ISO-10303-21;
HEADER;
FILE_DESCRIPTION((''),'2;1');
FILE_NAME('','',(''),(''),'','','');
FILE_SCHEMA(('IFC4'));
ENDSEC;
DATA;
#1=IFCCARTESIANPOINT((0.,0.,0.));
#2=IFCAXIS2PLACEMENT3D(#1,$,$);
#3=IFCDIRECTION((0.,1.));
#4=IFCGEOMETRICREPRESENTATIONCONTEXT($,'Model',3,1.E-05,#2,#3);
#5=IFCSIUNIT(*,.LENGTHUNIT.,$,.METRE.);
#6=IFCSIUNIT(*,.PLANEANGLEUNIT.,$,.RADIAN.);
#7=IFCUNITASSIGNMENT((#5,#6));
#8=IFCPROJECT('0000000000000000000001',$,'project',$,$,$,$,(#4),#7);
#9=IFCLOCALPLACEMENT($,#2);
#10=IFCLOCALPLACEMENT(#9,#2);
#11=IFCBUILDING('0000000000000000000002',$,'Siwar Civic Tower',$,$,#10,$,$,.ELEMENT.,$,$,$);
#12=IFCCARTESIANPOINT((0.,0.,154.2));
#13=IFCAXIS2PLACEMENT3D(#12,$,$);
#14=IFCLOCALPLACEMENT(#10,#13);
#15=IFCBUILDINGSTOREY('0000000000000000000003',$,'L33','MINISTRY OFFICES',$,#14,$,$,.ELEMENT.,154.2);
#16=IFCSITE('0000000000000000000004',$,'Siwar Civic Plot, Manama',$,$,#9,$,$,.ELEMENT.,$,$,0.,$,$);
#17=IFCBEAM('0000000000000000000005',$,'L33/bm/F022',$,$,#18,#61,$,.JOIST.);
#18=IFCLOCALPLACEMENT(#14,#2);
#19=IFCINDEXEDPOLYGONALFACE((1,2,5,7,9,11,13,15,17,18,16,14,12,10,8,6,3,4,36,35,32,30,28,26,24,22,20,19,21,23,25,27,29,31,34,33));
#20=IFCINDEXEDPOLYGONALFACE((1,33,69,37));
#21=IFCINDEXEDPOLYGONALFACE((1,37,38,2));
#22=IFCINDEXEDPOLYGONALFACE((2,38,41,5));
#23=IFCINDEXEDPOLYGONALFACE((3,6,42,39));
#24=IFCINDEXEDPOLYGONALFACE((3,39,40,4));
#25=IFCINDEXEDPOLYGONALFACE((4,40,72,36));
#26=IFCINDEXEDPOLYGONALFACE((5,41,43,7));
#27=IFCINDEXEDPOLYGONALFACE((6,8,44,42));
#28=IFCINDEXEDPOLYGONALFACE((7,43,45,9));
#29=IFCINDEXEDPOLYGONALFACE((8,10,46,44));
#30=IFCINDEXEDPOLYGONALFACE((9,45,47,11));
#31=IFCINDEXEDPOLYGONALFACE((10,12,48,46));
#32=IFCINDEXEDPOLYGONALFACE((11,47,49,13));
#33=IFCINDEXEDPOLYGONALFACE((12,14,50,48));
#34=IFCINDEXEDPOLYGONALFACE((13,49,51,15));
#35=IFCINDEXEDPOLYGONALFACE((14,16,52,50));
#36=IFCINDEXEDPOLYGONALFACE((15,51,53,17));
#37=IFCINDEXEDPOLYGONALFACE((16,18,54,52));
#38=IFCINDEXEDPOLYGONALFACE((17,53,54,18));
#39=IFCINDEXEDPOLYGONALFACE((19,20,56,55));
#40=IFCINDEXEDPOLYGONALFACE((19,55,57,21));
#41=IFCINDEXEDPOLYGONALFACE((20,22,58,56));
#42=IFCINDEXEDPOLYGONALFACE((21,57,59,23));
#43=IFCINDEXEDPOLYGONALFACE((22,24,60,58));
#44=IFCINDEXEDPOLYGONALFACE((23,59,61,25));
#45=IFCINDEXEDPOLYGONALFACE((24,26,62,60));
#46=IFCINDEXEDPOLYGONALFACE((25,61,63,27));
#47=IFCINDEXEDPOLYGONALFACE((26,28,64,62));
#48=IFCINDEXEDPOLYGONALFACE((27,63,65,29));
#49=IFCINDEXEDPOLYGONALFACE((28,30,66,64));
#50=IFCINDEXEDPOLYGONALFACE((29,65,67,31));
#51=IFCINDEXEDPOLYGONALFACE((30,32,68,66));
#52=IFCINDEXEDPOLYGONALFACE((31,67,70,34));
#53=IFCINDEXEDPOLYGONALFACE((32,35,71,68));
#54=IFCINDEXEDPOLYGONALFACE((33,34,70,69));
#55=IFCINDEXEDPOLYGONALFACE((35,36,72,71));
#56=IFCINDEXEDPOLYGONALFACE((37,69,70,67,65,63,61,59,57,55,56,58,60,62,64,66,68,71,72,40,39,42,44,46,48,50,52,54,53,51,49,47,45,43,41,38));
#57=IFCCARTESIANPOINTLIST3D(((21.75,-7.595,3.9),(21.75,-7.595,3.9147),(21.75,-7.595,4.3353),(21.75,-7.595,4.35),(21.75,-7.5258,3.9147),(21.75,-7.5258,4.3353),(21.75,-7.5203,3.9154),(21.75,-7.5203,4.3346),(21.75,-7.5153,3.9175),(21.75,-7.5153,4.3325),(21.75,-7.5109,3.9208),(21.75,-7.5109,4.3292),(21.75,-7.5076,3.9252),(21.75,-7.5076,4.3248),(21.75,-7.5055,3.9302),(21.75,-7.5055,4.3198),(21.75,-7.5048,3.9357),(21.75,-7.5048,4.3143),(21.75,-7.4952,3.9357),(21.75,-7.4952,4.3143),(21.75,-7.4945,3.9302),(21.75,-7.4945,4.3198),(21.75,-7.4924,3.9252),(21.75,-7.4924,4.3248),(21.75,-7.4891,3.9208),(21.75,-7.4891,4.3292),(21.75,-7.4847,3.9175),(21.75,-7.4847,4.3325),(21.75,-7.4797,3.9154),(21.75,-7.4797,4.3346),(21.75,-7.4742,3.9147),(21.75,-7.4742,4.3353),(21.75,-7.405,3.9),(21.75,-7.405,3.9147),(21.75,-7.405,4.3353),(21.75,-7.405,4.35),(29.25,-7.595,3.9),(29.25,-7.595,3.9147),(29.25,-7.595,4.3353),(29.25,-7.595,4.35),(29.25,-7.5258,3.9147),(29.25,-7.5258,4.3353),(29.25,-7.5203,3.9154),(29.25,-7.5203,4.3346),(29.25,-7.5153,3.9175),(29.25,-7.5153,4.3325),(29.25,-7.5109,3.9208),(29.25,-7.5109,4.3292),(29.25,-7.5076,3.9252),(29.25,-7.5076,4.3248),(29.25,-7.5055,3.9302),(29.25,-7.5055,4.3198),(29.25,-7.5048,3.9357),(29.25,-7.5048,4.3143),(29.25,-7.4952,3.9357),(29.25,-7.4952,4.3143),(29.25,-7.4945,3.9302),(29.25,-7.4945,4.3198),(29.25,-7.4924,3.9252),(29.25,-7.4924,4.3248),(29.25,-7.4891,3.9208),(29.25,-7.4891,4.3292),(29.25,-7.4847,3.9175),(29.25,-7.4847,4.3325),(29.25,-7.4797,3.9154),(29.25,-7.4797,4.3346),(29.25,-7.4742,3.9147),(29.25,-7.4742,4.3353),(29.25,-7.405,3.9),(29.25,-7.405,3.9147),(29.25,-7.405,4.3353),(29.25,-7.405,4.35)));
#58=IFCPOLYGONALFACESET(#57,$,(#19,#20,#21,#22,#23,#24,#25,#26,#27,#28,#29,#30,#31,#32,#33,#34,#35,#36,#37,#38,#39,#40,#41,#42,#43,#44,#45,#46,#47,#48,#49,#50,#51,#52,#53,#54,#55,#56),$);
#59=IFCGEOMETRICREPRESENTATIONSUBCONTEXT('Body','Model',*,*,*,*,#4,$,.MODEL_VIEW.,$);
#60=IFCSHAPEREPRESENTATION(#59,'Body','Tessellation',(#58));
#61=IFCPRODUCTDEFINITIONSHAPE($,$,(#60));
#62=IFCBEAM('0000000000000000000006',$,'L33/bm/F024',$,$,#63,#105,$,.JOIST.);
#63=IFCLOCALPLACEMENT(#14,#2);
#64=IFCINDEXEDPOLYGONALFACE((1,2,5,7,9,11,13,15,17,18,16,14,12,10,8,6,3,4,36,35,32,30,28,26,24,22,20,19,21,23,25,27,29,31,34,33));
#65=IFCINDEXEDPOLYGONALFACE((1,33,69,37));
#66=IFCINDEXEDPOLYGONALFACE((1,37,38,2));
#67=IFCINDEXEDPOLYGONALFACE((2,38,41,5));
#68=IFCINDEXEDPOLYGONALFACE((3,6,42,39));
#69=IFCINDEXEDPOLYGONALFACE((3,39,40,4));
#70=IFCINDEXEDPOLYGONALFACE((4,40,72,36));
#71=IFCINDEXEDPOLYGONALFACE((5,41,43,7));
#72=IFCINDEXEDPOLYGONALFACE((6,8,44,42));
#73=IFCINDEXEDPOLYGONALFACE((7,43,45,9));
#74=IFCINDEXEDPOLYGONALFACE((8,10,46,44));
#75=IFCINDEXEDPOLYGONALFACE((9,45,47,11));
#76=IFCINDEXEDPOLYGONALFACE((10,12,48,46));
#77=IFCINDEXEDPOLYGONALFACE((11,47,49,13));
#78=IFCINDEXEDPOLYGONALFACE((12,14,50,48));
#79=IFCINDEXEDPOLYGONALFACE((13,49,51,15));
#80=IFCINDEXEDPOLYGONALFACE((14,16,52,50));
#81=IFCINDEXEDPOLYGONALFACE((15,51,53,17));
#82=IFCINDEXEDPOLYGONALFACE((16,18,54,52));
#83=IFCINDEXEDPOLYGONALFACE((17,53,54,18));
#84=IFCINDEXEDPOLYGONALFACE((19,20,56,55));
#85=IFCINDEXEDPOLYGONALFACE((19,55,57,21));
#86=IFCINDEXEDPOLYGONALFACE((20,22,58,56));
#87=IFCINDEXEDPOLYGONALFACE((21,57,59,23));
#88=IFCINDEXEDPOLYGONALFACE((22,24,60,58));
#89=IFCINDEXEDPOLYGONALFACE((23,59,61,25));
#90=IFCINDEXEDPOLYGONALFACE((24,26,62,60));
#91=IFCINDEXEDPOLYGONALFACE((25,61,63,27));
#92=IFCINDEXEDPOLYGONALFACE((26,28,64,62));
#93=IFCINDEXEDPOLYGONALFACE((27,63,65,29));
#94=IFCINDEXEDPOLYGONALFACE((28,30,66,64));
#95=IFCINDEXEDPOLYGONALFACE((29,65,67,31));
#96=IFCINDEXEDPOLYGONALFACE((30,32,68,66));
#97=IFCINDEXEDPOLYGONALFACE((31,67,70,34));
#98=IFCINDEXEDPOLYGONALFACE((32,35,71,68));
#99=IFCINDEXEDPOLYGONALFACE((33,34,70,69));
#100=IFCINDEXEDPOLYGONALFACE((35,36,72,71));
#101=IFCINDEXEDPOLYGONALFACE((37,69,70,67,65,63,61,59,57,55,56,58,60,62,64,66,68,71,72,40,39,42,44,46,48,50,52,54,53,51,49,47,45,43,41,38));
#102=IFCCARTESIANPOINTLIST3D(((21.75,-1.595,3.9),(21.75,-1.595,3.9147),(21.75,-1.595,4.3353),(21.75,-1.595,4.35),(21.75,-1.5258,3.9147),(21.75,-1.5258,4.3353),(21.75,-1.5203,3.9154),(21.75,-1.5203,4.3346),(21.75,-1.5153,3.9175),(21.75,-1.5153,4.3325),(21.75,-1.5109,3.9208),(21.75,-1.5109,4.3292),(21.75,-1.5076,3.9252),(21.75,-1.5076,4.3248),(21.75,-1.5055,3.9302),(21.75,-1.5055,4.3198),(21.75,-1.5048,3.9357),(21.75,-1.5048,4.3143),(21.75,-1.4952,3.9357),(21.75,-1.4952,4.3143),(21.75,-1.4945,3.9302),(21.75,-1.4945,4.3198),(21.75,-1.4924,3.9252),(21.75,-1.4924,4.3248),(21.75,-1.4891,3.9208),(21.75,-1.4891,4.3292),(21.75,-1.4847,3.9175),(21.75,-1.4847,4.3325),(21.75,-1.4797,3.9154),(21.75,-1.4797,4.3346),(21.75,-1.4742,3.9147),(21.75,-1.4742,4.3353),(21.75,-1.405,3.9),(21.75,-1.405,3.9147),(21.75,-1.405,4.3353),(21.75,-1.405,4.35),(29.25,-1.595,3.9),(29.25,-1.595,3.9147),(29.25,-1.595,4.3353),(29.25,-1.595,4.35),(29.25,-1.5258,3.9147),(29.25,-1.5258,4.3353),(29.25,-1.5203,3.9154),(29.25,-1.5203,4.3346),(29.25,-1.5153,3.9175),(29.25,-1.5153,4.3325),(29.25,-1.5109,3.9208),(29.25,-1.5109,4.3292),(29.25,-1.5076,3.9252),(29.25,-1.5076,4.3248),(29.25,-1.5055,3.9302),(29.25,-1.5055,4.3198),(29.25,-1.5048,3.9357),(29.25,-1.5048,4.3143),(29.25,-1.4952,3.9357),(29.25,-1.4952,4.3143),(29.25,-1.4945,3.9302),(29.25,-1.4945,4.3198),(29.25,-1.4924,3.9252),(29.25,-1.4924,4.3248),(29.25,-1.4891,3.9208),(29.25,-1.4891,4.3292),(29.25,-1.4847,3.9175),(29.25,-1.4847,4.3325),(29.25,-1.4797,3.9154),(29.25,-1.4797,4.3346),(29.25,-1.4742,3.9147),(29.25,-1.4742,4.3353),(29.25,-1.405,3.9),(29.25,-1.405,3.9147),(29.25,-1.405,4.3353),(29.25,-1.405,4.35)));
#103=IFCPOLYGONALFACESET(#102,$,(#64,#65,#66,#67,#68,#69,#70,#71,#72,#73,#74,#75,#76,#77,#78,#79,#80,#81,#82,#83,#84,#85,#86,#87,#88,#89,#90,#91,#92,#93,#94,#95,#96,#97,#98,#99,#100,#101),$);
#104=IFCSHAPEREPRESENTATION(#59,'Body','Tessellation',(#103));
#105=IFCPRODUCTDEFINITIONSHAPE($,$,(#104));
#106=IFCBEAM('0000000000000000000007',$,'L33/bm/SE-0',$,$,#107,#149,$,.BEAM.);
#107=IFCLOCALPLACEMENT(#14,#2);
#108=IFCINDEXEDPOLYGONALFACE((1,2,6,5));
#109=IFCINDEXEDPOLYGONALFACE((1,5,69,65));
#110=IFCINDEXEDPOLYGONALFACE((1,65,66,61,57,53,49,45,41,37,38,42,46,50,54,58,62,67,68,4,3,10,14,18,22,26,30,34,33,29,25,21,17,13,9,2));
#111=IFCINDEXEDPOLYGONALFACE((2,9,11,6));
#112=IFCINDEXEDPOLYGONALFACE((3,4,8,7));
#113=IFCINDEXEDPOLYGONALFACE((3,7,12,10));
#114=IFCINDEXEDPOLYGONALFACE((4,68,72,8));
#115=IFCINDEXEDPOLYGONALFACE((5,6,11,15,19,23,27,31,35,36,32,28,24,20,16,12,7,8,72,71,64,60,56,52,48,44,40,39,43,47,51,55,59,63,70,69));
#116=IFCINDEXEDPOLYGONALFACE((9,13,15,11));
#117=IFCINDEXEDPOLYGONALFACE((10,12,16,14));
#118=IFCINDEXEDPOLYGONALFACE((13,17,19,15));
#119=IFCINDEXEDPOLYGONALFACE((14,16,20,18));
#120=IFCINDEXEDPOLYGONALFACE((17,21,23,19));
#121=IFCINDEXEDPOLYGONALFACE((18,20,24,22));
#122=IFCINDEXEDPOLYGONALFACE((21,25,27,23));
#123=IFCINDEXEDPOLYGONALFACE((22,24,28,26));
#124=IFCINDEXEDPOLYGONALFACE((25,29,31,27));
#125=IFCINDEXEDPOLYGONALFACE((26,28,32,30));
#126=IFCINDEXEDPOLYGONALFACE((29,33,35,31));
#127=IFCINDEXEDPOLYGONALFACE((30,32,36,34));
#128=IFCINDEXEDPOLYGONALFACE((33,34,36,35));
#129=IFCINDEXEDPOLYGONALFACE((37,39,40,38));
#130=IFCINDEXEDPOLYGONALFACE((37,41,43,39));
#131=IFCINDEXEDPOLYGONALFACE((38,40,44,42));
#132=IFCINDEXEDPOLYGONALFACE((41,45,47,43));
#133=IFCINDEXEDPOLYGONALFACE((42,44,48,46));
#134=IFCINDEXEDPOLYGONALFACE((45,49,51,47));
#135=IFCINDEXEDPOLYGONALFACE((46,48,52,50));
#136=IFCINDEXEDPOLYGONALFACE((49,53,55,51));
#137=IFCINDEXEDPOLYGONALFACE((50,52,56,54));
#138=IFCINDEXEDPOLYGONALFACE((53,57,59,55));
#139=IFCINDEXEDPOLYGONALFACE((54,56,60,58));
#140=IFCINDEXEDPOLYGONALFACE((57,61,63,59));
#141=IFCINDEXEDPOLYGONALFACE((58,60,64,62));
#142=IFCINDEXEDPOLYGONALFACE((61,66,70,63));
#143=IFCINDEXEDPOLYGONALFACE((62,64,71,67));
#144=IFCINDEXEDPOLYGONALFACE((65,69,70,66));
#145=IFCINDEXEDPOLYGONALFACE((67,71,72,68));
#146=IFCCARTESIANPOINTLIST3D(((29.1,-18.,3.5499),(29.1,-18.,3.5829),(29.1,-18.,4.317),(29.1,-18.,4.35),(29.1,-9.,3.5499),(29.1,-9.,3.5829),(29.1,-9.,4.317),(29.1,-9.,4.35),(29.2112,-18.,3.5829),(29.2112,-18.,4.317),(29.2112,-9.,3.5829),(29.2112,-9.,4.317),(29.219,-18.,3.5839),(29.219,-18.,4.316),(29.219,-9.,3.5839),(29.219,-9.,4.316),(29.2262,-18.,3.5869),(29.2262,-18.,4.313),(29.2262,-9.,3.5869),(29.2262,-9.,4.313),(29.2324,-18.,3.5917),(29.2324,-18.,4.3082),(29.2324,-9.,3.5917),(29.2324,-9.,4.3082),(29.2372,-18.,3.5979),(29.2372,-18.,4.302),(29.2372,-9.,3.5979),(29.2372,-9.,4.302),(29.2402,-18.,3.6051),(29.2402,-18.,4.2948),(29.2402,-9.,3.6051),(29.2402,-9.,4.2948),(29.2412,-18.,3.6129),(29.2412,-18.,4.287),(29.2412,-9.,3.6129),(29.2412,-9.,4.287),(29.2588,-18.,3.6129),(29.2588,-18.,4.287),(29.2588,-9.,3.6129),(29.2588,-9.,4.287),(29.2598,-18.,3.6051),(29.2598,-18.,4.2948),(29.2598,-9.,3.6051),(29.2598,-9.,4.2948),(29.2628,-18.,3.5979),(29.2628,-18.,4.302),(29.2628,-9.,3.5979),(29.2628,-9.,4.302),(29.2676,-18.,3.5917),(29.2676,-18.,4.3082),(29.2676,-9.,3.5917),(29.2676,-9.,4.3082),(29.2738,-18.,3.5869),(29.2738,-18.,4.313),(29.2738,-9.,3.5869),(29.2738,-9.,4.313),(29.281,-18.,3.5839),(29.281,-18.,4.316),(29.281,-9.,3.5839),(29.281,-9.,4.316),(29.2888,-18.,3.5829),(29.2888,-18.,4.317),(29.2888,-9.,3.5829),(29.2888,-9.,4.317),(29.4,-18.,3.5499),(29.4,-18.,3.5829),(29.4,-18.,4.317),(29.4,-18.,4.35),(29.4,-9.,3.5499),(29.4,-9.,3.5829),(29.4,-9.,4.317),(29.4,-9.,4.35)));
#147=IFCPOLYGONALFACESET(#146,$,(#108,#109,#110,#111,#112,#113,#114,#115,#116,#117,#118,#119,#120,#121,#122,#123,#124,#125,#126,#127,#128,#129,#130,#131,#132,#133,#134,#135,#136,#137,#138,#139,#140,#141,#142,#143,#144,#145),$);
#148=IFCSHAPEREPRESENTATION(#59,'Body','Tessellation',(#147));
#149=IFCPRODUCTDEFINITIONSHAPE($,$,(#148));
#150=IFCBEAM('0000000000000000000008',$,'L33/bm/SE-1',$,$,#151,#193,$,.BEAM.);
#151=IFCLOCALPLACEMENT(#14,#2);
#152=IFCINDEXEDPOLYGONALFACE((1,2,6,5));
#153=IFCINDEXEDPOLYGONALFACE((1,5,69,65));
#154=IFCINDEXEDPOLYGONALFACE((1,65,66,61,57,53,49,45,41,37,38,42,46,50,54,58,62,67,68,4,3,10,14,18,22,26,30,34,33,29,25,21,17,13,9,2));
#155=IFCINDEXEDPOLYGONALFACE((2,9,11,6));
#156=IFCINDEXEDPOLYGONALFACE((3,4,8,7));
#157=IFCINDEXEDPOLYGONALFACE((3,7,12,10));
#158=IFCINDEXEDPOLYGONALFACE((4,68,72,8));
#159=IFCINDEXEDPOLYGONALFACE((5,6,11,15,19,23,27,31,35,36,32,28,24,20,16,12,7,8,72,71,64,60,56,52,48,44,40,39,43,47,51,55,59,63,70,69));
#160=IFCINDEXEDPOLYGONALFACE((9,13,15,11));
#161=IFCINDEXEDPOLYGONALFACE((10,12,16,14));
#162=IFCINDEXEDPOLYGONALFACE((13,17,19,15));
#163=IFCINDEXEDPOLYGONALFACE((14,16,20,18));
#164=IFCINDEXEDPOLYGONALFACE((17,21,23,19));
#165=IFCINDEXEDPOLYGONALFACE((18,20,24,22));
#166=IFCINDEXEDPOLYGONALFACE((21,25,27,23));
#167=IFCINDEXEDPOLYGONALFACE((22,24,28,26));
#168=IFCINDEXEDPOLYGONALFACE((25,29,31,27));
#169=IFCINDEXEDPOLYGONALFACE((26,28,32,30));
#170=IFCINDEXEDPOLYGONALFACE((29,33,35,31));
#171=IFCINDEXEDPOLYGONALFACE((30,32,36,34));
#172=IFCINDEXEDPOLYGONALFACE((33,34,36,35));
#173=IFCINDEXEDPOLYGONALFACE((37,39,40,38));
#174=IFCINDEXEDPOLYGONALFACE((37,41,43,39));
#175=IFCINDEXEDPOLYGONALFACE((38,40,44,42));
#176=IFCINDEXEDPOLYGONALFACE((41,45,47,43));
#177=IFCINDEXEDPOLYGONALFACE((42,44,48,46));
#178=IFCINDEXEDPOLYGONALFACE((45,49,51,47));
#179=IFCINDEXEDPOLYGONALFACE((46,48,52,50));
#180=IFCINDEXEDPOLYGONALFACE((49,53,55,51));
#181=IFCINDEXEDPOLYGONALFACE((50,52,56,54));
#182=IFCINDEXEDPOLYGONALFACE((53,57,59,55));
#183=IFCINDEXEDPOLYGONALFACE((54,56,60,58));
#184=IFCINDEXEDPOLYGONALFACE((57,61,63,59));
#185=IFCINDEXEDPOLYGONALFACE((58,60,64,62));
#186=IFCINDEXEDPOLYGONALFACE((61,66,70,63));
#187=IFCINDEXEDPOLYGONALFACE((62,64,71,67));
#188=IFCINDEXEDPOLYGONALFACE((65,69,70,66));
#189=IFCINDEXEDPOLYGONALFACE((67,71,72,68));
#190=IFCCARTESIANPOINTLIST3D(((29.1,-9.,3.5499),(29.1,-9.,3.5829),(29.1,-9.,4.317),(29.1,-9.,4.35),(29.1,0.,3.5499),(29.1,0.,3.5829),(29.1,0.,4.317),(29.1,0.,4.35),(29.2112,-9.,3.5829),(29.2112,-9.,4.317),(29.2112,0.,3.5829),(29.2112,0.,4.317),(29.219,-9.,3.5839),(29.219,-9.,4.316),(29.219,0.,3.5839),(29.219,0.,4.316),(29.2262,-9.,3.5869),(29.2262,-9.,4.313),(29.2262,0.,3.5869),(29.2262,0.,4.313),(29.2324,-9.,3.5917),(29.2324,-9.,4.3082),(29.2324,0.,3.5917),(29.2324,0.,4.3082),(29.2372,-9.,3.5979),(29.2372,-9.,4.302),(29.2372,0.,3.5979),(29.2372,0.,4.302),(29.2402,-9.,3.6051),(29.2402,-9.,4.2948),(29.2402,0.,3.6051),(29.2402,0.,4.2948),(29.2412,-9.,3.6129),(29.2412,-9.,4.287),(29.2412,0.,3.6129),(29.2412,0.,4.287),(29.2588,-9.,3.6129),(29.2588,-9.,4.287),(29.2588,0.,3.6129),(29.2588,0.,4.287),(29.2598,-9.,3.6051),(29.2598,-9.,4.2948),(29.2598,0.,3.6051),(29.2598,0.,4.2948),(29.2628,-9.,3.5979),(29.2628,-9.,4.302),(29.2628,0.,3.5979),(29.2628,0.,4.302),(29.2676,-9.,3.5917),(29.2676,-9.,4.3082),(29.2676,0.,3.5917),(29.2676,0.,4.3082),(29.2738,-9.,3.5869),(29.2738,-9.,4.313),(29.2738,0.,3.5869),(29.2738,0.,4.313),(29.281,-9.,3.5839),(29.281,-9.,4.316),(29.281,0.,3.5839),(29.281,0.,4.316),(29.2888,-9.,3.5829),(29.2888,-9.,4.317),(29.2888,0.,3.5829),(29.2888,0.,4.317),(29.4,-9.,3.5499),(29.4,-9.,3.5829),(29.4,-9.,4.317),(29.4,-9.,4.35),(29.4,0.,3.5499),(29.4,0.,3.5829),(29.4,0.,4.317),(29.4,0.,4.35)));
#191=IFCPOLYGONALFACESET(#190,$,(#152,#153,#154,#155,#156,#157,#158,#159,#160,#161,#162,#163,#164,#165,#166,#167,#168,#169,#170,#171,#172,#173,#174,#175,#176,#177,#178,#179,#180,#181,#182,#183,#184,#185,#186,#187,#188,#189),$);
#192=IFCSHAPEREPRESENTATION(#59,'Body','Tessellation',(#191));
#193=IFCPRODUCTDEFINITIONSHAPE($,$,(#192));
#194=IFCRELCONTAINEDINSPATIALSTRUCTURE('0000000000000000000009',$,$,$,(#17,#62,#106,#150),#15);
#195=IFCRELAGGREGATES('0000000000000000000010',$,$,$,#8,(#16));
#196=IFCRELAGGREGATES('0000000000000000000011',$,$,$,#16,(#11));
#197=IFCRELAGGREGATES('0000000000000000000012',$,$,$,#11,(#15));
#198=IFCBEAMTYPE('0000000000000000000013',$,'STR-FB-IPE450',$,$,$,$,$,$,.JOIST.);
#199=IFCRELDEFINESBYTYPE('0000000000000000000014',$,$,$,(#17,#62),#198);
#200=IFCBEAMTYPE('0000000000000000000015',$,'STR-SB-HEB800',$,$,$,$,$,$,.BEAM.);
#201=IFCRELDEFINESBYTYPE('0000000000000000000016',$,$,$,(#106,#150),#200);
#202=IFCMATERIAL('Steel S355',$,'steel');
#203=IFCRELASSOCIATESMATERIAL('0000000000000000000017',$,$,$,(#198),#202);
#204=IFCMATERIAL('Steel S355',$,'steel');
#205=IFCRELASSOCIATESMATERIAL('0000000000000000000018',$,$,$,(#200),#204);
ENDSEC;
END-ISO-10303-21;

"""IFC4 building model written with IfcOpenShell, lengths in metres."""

from ifc_helpers import new_model, si_unit, direction, frame, origin, origin_2d, place, context, subcontext, project, spatial, i_section, extrude, material, material_profile, profile_set, type_object, element, save


model = new_model("IFC4")

# Units and contexts
model_context = context("Model", 3, precision=1e-05, world=origin(), true_north=direction((0.0, 1.0)))
body_context = subcontext(model_context, "Body", "Model", "MODEL_VIEW")
ifc_project = project(units=[si_unit("LENGTHUNIT", "METRE"), si_unit("PLANEANGLEUNIT", "RADIAN")], contexts=[model_context])

# Site, building, storey
site_placement = place(None, origin())
site = spatial("IfcSite", under=ifc_project, at=site_placement, Name="Siwar Civic Plot, Manama", CompositionType="ELEMENT", RefElevation=0.0)
building_placement = place(site_placement, origin())
building = spatial("IfcBuilding", under=site, at=building_placement, Name="Siwar Civic Tower", CompositionType="ELEMENT")
storey_placement = place(building_placement, frame((0.0, 0.0, 154.2)))
storey = spatial("IfcBuildingStorey", under=building, at=storey_placement, Name="L33", Description="MINISTRY OFFICES", CompositionType="ELEMENT", Elevation=154.2)

# Beams
ifc_material_1 = material(Name="Steel S355", Category="steel")
ifc_material_profile_1 = material_profile(ifc_material_1, i_section(OverallWidth=0.1899, OverallDepth=0.45, WebThickness=0.0095, FlangeThickness=0.0146, FilletRadius=0.021, at=origin_2d()), Name="IPE450")
ifc_profile_set_1 = profile_set([ifc_material_profile_1], Name="Steel S355")
beam_type_1 = type_object("IfcBeamType", Name="STR-FB-IPE450", PredefinedType="JOIST", material=ifc_profile_set_1)
for number, where, z_axis, x_axis, name in (
    (1, (21.75, -7.5, 4.125), (1.0, 0.0, 0.0), (0.0, 1.0, 0.0), "L33/bm/F022"),
    (2, (21.75, -1.5, 4.125), (1.0, 0.0, 0.0), (0.0, 1.0, 0.0), "L33/bm/F024"),
):
    element("IfcBeam", number, at=place(storey_placement, frame(where, z_axis=z_axis, x_axis=x_axis)), inside=storey, type_object=beam_type_1, Name=name, PredefinedType="JOIST", context=body_context, shape_type="SweptSolid", body=[
        extrude(i_section(OverallWidth=0.1899, OverallDepth=0.45, WebThickness=0.0095, FlangeThickness=0.0146, FilletRadius=0.021, at=origin_2d()), origin(), (0.0, 0.0, 1.0), 7.5),
    ])
ifc_material_2 = material(Name="Steel S355", Category="steel")
ifc_material_profile_2 = material_profile(ifc_material_2, i_section(OverallWidth=0.3, OverallDepth=0.8, WebThickness=0.0176, FlangeThickness=0.033, FilletRadius=0.03, at=origin_2d()), Name="HEB800")
ifc_profile_set_2 = profile_set([ifc_material_profile_2], Name="Steel S355")
beam_type_2 = type_object("IfcBeamType", Name="STR-SB-HEB800", PredefinedType="BEAM", material=ifc_profile_set_2)
for number, where, z_axis, x_axis, name in (
    (3, (29.25, -18.0, 3.95), (0.0, 1.0, 0.0), (-1.0, 0.0, 0.0), "L33/bm/SE-0"),
    (4, (29.25, -9.0, 3.95), (0.0, 1.0, 0.0), (-1.0, 0.0, 0.0), "L33/bm/SE-1"),
):
    element("IfcBeam", number, at=place(storey_placement, frame(where, z_axis=z_axis, x_axis=x_axis)), inside=storey, type_object=beam_type_2, Name=name, PredefinedType="BEAM", context=body_context, shape_type="SweptSolid", body=[
        extrude(i_section(OverallWidth=0.3, OverallDepth=0.8, WebThickness=0.0176, FlangeThickness=0.033, FilletRadius=0.03, at=origin_2d()), origin(), (0.0, 0.0, 1.0), 9.0),
    ])

save(model, "model.ifc")
